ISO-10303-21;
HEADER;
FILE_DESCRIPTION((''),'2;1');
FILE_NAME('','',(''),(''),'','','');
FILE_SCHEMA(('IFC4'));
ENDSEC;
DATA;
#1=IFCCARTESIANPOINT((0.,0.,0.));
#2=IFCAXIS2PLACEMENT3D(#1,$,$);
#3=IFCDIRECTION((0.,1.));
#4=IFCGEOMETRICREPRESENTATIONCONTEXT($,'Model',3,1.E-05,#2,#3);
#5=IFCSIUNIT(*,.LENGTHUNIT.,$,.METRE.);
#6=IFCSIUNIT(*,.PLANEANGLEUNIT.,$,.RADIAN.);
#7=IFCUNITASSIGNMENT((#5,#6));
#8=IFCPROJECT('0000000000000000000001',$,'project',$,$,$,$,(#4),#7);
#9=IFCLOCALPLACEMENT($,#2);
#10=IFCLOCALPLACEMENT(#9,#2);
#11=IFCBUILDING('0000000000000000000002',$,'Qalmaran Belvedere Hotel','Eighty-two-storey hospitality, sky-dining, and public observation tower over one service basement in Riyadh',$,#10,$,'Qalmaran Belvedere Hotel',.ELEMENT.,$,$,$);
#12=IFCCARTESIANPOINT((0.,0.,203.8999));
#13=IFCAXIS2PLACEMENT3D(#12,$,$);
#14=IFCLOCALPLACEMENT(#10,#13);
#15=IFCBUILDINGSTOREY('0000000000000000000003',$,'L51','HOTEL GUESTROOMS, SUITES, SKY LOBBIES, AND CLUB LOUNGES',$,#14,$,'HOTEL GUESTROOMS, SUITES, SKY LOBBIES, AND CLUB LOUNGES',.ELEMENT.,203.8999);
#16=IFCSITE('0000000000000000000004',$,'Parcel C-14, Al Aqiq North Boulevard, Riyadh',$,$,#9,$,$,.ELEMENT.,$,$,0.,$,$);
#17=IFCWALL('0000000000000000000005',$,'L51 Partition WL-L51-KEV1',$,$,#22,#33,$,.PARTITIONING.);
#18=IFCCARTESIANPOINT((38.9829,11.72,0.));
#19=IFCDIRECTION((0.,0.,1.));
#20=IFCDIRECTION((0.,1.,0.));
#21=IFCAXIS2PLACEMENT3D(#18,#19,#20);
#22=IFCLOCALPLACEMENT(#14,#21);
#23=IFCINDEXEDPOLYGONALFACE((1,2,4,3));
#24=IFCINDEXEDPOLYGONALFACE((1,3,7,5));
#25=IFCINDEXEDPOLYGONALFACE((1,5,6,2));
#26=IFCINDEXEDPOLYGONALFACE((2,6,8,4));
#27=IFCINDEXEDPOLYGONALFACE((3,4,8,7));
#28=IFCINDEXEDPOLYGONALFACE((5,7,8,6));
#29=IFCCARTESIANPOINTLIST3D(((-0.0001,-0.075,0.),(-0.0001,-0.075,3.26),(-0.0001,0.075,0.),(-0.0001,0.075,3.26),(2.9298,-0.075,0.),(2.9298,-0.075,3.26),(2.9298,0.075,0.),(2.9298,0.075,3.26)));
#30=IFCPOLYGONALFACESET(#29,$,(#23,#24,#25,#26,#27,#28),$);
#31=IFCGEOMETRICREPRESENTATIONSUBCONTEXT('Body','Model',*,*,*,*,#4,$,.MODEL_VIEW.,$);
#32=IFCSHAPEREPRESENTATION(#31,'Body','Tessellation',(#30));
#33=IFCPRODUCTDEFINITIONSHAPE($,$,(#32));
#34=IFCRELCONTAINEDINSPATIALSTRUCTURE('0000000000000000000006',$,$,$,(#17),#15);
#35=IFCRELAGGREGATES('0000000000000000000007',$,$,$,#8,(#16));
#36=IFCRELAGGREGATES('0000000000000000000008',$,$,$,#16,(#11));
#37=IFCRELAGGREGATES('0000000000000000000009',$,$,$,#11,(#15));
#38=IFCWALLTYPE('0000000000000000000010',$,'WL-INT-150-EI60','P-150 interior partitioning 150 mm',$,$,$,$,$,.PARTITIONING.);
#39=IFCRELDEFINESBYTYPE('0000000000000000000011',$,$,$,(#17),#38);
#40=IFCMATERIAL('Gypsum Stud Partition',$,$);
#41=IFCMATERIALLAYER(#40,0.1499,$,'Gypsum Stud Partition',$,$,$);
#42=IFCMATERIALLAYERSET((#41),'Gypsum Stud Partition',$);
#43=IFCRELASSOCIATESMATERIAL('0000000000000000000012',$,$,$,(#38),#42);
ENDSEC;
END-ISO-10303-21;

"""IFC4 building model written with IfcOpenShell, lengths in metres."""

from ifc_helpers import new_model, si_unit, direction, frame, frame_2d, origin, place, context, subcontext, project, spatial, rectangle, extrude, material, layer, layer_set, type_object, element, save


model = new_model("IFC4")

# Units and contexts
model_context = context("Model", 3, precision=1e-05, world=origin(), true_north=direction((0.0, 1.0)))
body_context = subcontext(model_context, "Body", "Model", "MODEL_VIEW")
ifc_project = project(units=[si_unit("LENGTHUNIT", "METRE"), si_unit("PLANEANGLEUNIT", "RADIAN")], contexts=[model_context])

# Site, building, storey
site_placement = place(None, origin())
site = spatial("IfcSite", under=ifc_project, at=site_placement, Name="Parcel C-14, Al Aqiq North Boulevard, Riyadh", CompositionType="ELEMENT", RefElevation=0.0)
building_placement = place(site_placement, origin())
building = spatial("IfcBuilding", under=site, at=building_placement, Name="Qalmaran Belvedere Hotel", Description="Eighty-two-storey hospitality, sky-dining, and public observation tower over one service basement in Riyadh", LongName="Qalmaran Belvedere Hotel", CompositionType="ELEMENT")
storey_placement = place(building_placement, frame((0.0, 0.0, 203.8999)))
storey = spatial("IfcBuildingStorey", under=building, at=storey_placement, Name="L51", Description="HOTEL GUESTROOMS, SUITES, SKY LOBBIES, AND CLUB LOUNGES", LongName="HOTEL GUESTROOMS, SUITES, SKY LOBBIES, AND CLUB LOUNGES", CompositionType="ELEMENT", Elevation=203.8999)

# Wall
ifc_material_1 = material(Name="Gypsum Stud Partition")
ifc_layer_1 = layer(ifc_material_1, 0.1499, Name="Gypsum Stud Partition")
ifc_layer_set_1 = layer_set([ifc_layer_1], Name="Gypsum Stud Partition")
wall_type_1 = type_object("IfcWallType", Name="WL-INT-150-EI60", Description="P-150 interior partitioning 150 mm", PredefinedType="PARTITIONING", material=ifc_layer_set_1)
wall_1_placement = place(storey_placement, frame((38.9829, 11.72, 0.0), z_axis=(0.0, 0.0, 1.0), x_axis=(0.0, 1.0, 0.0)))
element("IfcWall", 1, at=wall_1_placement, inside=storey, type_object=wall_type_1, Name="L51 Partition WL-L51-KEV1", PredefinedType="PARTITIONING", context=body_context, shape_type="SweptSolid", body=[
    extrude(rectangle(XDim=2.9299, YDim=0.1499, at=frame_2d((1.4648, 0.0))), origin(), (0.0, 0.0, 1.0), 3.26),
])

save(model, "model.ifc")
